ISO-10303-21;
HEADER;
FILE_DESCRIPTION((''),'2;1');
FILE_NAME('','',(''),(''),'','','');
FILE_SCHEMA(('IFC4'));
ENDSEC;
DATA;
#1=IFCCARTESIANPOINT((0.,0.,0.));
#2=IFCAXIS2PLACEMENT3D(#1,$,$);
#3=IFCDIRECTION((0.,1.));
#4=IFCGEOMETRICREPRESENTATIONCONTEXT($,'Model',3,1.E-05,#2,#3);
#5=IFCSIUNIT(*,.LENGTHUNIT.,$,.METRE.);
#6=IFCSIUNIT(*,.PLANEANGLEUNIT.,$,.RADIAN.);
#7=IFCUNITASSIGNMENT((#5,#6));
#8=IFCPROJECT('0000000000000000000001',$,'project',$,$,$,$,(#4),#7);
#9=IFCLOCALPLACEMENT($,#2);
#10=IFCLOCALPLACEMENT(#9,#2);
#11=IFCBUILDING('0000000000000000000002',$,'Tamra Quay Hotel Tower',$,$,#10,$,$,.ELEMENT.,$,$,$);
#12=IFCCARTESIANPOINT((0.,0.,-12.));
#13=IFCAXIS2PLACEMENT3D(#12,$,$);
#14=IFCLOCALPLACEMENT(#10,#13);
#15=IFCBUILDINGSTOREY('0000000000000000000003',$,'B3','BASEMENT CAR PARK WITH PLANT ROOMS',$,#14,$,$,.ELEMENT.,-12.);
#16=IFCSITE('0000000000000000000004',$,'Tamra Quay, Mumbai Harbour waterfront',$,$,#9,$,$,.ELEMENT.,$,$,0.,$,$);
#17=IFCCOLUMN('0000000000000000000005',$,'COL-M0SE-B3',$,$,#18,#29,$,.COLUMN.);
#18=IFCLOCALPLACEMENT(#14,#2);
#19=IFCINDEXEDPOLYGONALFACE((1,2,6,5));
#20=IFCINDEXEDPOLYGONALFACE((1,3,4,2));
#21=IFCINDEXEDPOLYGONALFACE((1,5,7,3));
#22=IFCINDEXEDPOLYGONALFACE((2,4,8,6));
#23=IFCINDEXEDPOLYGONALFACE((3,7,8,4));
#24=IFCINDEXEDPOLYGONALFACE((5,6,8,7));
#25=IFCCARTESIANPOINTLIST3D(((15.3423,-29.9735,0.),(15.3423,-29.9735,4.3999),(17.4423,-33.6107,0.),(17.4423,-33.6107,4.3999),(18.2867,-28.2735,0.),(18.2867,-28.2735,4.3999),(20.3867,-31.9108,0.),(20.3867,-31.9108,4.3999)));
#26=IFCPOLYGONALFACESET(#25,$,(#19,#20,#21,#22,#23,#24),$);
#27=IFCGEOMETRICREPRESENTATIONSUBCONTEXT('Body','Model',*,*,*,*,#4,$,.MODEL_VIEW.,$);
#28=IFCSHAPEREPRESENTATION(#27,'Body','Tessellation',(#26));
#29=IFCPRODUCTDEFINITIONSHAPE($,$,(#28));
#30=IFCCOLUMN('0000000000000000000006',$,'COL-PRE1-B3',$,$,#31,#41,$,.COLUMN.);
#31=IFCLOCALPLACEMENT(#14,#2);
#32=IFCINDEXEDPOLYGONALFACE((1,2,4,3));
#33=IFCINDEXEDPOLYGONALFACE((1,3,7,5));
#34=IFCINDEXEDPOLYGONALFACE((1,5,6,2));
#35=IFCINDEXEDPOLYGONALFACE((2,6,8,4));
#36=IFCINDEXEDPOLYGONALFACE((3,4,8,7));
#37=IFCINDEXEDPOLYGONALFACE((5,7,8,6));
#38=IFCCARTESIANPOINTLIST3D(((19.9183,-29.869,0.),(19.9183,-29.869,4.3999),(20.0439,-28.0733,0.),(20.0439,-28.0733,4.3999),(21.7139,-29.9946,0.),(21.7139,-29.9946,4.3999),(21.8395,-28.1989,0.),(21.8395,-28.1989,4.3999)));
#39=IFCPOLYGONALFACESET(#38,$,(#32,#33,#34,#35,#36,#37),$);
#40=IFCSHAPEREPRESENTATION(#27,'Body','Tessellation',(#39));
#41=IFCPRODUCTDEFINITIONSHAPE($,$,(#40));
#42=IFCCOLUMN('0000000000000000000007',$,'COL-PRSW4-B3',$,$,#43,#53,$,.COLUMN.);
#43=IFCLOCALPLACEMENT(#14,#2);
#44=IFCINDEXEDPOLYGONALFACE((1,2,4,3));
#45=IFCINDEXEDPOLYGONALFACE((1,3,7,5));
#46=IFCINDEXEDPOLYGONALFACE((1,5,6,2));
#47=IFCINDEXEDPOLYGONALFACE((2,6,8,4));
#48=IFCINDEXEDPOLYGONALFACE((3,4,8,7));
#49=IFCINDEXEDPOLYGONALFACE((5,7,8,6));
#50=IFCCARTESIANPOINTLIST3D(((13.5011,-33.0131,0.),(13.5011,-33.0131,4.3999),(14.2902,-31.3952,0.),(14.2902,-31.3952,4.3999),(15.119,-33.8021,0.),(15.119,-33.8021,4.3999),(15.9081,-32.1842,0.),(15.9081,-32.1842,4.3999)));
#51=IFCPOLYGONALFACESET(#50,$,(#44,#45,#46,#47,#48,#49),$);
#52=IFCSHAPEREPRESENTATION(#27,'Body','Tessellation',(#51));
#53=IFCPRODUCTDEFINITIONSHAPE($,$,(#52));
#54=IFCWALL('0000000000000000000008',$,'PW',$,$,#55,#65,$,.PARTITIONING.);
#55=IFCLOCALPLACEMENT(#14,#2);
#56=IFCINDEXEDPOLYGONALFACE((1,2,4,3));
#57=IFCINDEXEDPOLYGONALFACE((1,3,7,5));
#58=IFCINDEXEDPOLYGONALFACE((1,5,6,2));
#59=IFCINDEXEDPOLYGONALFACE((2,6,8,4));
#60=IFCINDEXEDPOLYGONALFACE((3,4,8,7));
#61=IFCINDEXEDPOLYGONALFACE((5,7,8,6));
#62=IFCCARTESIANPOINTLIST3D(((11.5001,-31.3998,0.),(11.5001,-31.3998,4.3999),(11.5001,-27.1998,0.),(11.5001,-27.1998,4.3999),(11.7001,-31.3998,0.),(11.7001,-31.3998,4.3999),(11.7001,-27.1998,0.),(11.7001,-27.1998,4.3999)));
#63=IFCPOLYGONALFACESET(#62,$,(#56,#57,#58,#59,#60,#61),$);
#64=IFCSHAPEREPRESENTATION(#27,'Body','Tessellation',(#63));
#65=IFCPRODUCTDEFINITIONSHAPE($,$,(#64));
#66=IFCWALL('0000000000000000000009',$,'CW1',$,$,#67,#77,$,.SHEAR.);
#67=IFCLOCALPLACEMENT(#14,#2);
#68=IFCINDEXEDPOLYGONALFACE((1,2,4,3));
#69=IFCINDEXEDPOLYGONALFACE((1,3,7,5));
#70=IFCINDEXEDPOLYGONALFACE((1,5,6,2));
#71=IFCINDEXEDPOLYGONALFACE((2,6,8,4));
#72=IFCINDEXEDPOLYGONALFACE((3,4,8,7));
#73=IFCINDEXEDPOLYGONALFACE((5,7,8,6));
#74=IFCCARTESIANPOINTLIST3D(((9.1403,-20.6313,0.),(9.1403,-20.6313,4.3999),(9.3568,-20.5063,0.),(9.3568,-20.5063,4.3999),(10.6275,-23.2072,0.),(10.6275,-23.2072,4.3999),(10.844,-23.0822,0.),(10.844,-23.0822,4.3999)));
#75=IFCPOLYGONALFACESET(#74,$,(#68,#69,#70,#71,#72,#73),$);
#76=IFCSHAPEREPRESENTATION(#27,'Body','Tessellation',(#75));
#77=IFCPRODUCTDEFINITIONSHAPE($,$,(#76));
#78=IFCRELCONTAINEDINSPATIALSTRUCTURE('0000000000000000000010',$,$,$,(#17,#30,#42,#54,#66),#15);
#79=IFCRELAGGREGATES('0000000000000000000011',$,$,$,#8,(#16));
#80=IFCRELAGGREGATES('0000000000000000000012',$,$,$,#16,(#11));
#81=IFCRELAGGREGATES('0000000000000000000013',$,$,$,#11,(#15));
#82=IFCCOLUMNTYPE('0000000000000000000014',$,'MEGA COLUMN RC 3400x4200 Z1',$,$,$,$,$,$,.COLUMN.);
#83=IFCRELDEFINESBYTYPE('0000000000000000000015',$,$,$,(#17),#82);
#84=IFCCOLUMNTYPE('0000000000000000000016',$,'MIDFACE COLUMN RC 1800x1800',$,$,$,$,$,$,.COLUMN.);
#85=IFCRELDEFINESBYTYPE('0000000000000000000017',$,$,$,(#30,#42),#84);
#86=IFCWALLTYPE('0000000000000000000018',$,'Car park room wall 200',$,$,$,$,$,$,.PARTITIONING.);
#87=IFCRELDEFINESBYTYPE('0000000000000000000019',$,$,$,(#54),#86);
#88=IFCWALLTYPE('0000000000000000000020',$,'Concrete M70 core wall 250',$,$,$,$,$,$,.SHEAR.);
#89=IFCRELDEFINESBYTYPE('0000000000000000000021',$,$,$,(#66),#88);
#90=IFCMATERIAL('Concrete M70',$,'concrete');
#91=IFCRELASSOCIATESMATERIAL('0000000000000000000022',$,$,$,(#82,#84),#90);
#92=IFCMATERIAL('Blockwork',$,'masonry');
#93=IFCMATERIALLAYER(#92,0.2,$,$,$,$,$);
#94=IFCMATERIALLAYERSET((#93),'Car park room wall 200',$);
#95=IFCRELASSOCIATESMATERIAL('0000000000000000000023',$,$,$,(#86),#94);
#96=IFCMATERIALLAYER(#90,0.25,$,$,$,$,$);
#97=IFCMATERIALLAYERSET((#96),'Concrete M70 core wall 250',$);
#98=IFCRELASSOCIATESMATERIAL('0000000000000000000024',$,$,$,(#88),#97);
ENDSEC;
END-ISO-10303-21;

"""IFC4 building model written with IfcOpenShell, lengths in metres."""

from ifc_helpers import new_model, si_unit, direction, frame, frame_2d, origin, origin_2d, place, context, subcontext, project, spatial, rectangle, extrude, material, layer, layer_set, material_profile, profile_set, type_object, element, save


model = new_model("IFC4")

# Units and contexts
model_context = context("Model", 3, precision=1e-05, world=origin(), true_north=direction((0.0, 1.0)))
body_context = subcontext(model_context, "Body", "Model", "MODEL_VIEW")
ifc_project = project(units=[si_unit("LENGTHUNIT", "METRE"), si_unit("PLANEANGLEUNIT", "RADIAN")], contexts=[model_context])

# Site, building, storey
site_placement = place(None, origin())
site = spatial("IfcSite", under=ifc_project, at=site_placement, Name="Tamra Quay, Mumbai Harbour waterfront", CompositionType="ELEMENT", RefElevation=0.0)
building_placement = place(site_placement, origin())
building = spatial("IfcBuilding", under=site, at=building_placement, Name="Tamra Quay Hotel Tower", CompositionType="ELEMENT")
storey_placement = place(building_placement, frame((0.0, 0.0, -12.0)))
storey = spatial("IfcBuildingStorey", under=building, at=storey_placement, Name="B3", Description="BASEMENT CAR PARK WITH PLANT ROOMS", CompositionType="ELEMENT", Elevation=-12.0)

# Columns
ifc_material_1 = material(Name="Concrete M70", Category="concrete")
ifc_material_profile_1 = material_profile(ifc_material_1, rectangle(XDim=4.2, YDim=3.3999, at=origin_2d()), Name="MEGA COLUMN RC 3400x4200 Z1")
ifc_profile_set_1 = profile_set([ifc_material_profile_1], Name="Concrete M70")
column_type_1 = type_object("IfcColumnType", Name="MEGA COLUMN RC 3400x4200 Z1", PredefinedType="COLUMN", material=ifc_profile_set_1)
column_1_placement = place(storey_placement, frame((17.8645, -30.9421, 0.0), z_axis=(0.0, 0.0, 1.0), x_axis=(-0.5, 0.866025, 0.0)))
element("IfcColumn", 1, at=column_1_placement, inside=storey, type_object=column_type_1, Name="COL-M0SE-B3", PredefinedType="COLUMN", context=body_context, shape_type="SweptSolid", body=[
    extrude(rectangle(XDim=4.2, YDim=3.3999, at=origin_2d()), origin(), (0.0, 0.0, 1.0), 4.3999),
])
ifc_material_profile_2 = material_profile(ifc_material_1, rectangle(XDim=1.8, YDim=1.8, at=origin_2d()), Name="MIDFACE COLUMN RC 1800x1800")
ifc_profile_set_2 = profile_set([ifc_material_profile_2], Name="Concrete M70")
column_type_2 = type_object("IfcColumnType", Name="MIDFACE COLUMN RC 1800x1800", PredefinedType="COLUMN", material=ifc_profile_set_2)
for number, where, z_axis, x_axis, name in (
    (2, (20.8789, -29.0339, 0.0), (0.0, 0.0, 1.0), (-0.997562, 0.06979, 0.0), "COL-PRE1-B3"),
    (3, (14.7046, -32.5986, 0.0), (0.0, 0.0, 1.0), (0.438341, 0.898809, 0.0), "COL-PRSW4-B3"),
):
    element("IfcColumn", number, at=place(storey_placement, frame(where, z_axis=z_axis, x_axis=x_axis)), inside=storey, type_object=column_type_2, Name=name, PredefinedType="COLUMN", context=body_context, shape_type="SweptSolid", body=[
        extrude(rectangle(XDim=1.8, YDim=1.8, at=origin_2d()), origin(), (0.0, 0.0, 1.0), 4.3999),
    ])

# Walls
ifc_material_2 = material(Name="Blockwork", Category="masonry")
ifc_layer_1 = layer(ifc_material_2, 0.2)
ifc_layer_set_1 = layer_set([ifc_layer_1], Name="Car park room wall 200")
wall_type_1 = type_object("IfcWallType", Name="Car park room wall 200", PredefinedType="PARTITIONING", material=ifc_layer_set_1)
wall_1_placement = place(storey_placement, frame((11.6001, -31.3999, 0.0), z_axis=(0.0, 0.0, 1.0), x_axis=(0.0, 1.0, 0.0)))
element("IfcWall", 4, at=wall_1_placement, inside=storey, type_object=wall_type_1, Name="PW", PredefinedType="PARTITIONING", context=body_context, shape_type="SweptSolid", body=[
    extrude(rectangle(XDim=4.2, YDim=0.2, at=frame_2d((2.1001, 0.0))), origin(), (0.0, 0.0, 1.0), 4.3999),
])
ifc_layer_2 = layer(ifc_material_1, 0.25)
ifc_layer_set_2 = layer_set([ifc_layer_2], Name="Concrete M70 core wall 250")
wall_type_2 = type_object("IfcWallType", Name="Concrete M70 core wall 250", PredefinedType="SHEAR", material=ifc_layer_set_2)
wall_2_placement = place(storey_placement, frame((10.7358, -23.1448, 0.0), z_axis=(0.0, 0.0, 1.0), x_axis=(-0.500023, 0.866012, 0.0)))
element("IfcWall", 5, at=wall_2_placement, inside=storey, type_object=wall_type_2, Name="CW1", PredefinedType="SHEAR", context=body_context, shape_type="SweptSolid", body=[
    extrude(rectangle(XDim=2.9744, YDim=0.25, at=frame_2d((1.4873, 0.0))), origin(), (0.0, 0.0, 1.0), 4.3999),
])

save(model, "model.ifc")
